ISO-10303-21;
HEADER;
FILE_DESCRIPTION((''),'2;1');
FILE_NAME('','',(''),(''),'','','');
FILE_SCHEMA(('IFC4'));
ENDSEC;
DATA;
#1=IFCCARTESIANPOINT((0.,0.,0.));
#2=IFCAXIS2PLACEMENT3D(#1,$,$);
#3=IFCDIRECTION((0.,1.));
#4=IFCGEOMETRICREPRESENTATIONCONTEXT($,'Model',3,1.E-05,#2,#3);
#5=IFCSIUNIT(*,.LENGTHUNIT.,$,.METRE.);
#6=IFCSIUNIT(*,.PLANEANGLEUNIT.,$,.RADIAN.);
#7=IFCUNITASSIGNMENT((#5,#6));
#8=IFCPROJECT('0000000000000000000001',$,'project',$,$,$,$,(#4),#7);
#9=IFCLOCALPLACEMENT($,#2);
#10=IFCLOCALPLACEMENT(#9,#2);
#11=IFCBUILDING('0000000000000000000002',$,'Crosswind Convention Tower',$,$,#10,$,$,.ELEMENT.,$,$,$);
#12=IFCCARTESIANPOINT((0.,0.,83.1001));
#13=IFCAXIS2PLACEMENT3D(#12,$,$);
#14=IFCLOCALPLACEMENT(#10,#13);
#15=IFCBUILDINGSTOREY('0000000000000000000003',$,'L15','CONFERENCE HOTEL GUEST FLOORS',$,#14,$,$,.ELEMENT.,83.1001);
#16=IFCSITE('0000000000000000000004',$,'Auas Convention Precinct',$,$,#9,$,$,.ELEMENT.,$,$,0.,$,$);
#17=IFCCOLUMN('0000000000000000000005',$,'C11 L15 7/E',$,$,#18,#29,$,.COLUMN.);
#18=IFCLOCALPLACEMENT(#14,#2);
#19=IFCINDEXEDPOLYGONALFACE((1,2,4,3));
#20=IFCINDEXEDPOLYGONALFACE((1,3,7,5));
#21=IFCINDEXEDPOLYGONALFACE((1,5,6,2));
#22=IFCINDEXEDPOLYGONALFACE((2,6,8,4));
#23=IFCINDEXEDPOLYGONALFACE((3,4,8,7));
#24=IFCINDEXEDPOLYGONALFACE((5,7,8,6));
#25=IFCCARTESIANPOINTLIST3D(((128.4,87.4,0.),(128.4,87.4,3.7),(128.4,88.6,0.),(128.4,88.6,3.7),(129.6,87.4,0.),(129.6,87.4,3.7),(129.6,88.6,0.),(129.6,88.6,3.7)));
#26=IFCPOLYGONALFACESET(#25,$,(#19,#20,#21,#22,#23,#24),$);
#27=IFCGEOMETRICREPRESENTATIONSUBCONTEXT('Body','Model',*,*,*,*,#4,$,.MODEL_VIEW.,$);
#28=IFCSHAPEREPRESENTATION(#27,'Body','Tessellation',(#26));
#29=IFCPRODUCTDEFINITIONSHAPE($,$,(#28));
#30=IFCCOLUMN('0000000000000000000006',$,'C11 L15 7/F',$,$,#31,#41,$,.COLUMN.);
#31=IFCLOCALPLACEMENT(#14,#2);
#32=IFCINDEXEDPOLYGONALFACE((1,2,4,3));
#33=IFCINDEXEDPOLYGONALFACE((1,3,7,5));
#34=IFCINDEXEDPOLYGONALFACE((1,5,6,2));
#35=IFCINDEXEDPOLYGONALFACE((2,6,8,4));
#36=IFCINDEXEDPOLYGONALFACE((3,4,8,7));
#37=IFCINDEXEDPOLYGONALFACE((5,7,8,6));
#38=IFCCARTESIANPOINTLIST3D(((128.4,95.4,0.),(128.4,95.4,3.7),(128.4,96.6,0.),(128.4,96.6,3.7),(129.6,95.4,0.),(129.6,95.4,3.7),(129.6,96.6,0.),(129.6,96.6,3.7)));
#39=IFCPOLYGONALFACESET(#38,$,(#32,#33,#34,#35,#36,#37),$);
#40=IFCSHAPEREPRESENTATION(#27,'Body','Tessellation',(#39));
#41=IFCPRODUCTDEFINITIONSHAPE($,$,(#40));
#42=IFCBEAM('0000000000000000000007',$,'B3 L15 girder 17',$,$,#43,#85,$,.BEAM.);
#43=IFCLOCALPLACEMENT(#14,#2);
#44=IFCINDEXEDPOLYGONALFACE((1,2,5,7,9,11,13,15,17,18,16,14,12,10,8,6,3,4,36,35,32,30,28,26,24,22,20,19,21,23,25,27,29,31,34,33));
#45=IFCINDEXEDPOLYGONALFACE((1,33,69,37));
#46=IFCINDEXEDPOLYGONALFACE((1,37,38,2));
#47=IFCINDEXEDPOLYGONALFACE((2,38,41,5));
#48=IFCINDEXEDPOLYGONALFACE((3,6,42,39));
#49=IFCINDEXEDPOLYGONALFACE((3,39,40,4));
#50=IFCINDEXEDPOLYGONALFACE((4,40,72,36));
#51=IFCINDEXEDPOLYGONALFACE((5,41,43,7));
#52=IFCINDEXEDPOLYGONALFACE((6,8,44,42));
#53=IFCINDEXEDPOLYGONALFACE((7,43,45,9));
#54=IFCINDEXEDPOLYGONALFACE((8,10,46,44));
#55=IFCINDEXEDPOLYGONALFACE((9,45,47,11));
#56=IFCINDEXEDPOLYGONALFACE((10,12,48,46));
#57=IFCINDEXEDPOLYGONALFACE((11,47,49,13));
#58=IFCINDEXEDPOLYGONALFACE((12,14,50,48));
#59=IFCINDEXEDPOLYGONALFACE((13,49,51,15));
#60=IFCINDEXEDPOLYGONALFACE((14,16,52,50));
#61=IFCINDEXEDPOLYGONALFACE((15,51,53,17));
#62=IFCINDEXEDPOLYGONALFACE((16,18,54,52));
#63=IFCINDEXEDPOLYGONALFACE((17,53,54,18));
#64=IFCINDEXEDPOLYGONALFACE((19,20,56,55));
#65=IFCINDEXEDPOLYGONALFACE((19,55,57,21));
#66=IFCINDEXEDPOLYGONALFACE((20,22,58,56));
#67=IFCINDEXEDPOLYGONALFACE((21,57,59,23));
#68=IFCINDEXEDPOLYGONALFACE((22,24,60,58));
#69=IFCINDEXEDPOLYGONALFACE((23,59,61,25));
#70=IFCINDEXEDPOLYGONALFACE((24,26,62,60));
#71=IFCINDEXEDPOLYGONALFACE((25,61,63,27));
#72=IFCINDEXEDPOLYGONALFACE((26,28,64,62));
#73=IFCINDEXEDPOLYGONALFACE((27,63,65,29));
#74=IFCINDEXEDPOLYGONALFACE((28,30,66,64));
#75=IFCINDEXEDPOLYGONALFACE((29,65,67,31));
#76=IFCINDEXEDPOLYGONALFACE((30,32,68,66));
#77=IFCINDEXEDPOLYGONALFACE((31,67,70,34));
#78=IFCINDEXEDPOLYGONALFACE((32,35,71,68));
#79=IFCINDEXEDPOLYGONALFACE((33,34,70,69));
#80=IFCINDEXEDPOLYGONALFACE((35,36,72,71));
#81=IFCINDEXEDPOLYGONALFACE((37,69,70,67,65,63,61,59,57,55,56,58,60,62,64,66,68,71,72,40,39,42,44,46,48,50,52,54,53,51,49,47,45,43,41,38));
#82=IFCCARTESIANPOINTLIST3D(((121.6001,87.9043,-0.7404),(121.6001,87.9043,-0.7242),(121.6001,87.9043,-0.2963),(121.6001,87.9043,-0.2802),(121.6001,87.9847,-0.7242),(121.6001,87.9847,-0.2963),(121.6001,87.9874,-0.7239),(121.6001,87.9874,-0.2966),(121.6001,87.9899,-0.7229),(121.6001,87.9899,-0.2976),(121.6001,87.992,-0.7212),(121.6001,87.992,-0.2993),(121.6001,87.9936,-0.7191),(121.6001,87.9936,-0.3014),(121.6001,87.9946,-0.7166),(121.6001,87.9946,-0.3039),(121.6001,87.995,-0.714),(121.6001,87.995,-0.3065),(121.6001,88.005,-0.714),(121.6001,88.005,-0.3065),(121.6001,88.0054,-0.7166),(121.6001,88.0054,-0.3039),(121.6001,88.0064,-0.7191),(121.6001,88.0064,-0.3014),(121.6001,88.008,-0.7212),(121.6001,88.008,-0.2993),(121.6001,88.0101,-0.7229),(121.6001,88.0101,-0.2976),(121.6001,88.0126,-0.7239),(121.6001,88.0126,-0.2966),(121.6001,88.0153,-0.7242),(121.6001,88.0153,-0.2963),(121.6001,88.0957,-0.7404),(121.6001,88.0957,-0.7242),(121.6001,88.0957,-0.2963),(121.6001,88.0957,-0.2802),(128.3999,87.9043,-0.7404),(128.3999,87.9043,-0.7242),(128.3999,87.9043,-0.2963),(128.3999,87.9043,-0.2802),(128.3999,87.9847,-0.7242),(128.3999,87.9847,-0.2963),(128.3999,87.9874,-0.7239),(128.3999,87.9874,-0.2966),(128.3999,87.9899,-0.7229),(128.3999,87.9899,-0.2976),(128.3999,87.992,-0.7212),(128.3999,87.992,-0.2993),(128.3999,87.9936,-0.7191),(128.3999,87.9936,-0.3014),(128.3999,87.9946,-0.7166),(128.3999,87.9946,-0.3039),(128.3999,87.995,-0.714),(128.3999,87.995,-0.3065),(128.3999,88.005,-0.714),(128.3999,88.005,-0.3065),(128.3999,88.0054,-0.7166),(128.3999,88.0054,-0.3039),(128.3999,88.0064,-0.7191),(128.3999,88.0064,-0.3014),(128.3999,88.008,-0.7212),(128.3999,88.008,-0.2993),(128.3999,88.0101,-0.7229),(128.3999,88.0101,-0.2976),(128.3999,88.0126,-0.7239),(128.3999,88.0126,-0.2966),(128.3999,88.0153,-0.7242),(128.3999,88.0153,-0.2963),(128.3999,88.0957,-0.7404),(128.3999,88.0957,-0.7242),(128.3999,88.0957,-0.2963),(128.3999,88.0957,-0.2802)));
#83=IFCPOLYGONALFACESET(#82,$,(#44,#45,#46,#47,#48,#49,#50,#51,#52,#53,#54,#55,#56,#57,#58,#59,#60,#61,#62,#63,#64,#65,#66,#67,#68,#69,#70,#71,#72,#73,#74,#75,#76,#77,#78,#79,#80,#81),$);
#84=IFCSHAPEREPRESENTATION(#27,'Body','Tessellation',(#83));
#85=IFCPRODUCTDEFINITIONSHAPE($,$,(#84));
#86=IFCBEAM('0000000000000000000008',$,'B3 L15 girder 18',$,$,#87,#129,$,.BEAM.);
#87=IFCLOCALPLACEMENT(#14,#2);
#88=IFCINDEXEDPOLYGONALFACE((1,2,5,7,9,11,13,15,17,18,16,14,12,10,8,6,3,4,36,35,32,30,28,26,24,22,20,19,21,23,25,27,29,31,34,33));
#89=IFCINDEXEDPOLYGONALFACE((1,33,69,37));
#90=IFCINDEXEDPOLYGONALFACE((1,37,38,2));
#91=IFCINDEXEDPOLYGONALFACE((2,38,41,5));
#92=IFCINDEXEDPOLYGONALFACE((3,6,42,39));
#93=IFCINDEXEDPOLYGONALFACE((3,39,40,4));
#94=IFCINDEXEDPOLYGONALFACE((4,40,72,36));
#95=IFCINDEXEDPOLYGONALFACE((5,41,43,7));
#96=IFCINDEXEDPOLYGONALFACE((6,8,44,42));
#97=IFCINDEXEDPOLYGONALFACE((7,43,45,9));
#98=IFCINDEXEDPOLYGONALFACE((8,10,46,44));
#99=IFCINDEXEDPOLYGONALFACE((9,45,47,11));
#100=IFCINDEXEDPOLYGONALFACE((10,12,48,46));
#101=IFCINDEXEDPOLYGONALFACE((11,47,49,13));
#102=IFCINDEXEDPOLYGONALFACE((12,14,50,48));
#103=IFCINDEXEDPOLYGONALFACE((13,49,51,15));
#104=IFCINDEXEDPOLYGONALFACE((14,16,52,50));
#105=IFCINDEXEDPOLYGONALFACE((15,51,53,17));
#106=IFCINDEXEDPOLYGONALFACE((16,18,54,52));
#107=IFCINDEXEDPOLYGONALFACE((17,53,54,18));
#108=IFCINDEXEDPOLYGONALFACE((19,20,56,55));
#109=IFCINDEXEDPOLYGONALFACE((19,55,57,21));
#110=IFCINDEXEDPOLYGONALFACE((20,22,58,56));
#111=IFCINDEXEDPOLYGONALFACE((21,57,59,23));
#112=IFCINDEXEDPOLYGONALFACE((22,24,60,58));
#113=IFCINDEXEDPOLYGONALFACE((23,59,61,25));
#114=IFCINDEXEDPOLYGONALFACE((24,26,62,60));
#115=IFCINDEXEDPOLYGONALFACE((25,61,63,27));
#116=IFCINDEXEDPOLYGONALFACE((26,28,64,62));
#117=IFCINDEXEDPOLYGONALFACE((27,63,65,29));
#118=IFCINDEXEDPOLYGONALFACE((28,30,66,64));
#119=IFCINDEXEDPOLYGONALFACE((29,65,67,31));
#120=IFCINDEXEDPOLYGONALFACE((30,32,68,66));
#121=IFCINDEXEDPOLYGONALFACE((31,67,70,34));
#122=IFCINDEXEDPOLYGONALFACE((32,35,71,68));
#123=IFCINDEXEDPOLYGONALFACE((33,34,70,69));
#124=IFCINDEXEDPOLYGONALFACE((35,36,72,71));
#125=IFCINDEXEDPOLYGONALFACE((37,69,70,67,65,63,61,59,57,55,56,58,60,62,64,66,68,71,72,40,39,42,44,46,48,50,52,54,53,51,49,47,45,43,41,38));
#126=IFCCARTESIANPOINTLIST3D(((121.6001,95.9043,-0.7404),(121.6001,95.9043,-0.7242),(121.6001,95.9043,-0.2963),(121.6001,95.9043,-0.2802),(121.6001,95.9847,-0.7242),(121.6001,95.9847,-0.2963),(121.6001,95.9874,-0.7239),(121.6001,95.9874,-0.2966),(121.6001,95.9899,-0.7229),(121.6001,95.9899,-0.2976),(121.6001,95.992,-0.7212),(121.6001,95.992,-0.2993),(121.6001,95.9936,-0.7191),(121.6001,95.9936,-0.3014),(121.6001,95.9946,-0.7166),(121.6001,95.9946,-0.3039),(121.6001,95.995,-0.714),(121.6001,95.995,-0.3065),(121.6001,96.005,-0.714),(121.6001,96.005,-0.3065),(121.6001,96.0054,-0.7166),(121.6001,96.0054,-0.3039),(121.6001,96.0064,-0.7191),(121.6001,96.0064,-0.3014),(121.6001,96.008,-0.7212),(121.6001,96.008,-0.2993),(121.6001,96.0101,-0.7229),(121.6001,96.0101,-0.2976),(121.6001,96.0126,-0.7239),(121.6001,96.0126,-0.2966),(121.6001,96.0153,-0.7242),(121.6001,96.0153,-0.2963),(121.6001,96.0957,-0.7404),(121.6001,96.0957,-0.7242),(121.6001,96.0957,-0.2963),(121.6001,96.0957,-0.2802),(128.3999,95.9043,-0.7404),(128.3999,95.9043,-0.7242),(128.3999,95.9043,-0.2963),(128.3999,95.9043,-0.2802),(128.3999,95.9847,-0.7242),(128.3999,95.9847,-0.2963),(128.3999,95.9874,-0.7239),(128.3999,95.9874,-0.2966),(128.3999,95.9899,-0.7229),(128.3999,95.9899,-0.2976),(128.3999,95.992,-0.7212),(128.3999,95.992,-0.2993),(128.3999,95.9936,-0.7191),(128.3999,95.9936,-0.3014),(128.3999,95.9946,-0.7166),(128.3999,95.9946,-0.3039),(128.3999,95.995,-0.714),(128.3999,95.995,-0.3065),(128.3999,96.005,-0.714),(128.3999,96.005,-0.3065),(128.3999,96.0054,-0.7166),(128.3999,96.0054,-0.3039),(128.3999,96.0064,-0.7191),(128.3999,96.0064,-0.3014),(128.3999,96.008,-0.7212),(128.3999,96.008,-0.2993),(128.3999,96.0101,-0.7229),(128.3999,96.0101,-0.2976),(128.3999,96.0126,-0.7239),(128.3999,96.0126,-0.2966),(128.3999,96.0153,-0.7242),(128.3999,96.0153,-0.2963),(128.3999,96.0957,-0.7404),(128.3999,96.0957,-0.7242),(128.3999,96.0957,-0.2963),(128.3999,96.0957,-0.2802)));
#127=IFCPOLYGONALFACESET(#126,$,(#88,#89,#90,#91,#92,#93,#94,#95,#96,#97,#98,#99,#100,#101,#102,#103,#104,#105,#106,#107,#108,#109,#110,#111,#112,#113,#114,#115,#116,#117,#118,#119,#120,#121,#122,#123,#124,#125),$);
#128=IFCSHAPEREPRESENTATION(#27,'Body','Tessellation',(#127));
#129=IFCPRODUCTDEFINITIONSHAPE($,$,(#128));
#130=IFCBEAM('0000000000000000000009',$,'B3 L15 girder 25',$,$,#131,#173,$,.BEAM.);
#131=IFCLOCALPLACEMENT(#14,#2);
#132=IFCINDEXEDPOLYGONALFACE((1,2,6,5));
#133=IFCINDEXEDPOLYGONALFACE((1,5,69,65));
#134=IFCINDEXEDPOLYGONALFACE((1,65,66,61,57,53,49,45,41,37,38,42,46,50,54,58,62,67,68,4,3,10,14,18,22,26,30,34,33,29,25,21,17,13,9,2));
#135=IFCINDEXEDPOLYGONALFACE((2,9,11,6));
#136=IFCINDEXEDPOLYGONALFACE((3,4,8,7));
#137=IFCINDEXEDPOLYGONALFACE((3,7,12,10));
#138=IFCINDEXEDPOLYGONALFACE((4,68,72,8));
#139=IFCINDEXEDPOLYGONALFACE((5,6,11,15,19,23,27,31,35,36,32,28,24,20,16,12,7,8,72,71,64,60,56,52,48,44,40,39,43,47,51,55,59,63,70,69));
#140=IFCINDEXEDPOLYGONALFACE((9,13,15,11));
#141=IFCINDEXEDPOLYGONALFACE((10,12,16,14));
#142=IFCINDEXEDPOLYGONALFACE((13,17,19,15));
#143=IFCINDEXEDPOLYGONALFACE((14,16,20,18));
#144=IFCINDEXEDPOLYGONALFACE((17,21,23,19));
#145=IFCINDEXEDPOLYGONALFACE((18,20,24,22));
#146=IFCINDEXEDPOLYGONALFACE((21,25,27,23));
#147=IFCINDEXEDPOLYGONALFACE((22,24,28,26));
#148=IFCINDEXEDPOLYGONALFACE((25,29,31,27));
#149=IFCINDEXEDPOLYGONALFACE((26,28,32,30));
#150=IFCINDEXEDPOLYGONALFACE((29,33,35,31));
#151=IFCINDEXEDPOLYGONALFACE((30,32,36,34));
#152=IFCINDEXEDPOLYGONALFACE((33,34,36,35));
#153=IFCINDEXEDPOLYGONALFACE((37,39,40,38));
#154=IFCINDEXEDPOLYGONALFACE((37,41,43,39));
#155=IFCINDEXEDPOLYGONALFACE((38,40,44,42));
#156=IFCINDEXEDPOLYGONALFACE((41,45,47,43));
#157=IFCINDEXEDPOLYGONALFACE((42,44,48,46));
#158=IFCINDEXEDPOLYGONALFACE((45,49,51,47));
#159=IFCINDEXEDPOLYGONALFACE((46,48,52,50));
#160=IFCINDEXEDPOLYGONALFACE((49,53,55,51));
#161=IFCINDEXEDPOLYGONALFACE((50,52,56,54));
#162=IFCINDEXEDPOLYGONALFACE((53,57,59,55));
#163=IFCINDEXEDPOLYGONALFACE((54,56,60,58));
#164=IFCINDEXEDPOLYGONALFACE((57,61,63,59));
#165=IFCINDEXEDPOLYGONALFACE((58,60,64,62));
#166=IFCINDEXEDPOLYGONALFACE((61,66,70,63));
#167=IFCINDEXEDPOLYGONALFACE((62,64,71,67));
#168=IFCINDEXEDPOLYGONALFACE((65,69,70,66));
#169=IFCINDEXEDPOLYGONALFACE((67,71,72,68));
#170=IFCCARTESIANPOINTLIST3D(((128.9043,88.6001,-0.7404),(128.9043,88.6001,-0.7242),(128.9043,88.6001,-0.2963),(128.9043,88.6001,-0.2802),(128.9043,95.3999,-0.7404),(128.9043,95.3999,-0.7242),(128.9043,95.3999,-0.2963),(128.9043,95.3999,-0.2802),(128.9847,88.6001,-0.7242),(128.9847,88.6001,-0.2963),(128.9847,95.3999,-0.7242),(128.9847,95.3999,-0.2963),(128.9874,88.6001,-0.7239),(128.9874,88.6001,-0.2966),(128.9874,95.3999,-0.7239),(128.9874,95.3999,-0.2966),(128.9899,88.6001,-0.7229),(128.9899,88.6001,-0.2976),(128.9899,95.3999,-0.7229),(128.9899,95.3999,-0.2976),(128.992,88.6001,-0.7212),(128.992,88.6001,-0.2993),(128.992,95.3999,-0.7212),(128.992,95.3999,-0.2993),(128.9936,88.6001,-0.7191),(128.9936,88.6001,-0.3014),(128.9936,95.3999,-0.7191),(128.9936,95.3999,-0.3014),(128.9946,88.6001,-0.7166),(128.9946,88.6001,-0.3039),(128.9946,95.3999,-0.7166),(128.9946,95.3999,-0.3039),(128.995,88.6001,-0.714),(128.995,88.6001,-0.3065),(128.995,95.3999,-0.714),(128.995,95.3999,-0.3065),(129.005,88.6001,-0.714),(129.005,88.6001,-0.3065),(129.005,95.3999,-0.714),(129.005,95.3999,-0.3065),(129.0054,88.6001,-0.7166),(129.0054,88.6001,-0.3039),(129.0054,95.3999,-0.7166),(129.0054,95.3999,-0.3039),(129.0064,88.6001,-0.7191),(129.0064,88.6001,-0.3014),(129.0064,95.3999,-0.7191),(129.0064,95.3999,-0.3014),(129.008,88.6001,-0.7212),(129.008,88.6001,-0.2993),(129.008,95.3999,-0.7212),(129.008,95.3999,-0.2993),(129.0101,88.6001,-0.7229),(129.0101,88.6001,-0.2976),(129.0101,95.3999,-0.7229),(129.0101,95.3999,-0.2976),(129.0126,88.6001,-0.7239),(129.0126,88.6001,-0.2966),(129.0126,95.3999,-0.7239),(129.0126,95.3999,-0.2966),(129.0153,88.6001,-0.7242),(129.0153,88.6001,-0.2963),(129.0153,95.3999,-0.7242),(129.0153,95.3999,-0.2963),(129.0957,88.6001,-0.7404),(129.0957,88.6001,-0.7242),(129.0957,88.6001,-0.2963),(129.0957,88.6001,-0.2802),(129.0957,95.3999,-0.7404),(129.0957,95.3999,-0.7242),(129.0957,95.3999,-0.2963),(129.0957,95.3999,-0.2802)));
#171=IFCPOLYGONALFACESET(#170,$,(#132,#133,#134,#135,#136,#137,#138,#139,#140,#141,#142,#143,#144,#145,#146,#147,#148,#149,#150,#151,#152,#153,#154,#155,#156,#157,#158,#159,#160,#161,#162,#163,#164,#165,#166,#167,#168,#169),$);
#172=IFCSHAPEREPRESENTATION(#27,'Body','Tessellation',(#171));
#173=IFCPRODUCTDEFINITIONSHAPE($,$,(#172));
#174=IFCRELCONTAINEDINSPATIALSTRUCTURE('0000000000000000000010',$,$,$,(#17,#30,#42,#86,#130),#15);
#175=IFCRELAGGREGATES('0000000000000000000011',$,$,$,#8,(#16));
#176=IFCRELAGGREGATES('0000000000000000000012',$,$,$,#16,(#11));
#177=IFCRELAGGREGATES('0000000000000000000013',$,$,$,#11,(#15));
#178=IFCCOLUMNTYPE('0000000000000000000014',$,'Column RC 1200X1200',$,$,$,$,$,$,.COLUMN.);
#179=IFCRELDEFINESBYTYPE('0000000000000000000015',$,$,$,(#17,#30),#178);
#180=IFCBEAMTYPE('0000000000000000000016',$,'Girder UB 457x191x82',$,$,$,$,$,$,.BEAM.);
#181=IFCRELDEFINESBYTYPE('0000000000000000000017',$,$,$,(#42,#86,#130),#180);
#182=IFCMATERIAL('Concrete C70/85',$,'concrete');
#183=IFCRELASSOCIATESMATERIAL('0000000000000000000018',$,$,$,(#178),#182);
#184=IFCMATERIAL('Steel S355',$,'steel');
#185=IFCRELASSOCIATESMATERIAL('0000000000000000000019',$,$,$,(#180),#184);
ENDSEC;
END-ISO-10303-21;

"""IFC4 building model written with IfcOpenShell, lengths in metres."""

from ifc_helpers import new_model, si_unit, direction, frame, origin, origin_2d, place, context, subcontext, project, spatial, rectangle, i_section, extrude, material, material_profile, profile_set, type_object, element, save


model = new_model("IFC4")

# Units and contexts
model_context = context("Model", 3, precision=1e-05, world=origin(), true_north=direction((0.0, 1.0)))
body_context = subcontext(model_context, "Body", "Model", "MODEL_VIEW")
ifc_project = project(units=[si_unit("LENGTHUNIT", "METRE"), si_unit("PLANEANGLEUNIT", "RADIAN")], contexts=[model_context])

# Site, building, storey
site_placement = place(None, origin())
site = spatial("IfcSite", under=ifc_project, at=site_placement, Name="Auas Convention Precinct", CompositionType="ELEMENT", RefElevation=0.0)
building_placement = place(site_placement, origin())
building = spatial("IfcBuilding", under=site, at=building_placement, Name="Crosswind Convention Tower", CompositionType="ELEMENT")
storey_placement = place(building_placement, frame((0.0, 0.0, 83.1001)))
storey = spatial("IfcBuildingStorey", under=building, at=storey_placement, Name="L15", Description="CONFERENCE HOTEL GUEST FLOORS", CompositionType="ELEMENT", Elevation=83.1001)

# Columns
ifc_material_1 = material(Name="Concrete C70/85", Category="concrete")
ifc_material_profile_1 = material_profile(ifc_material_1, rectangle(XDim=1.2, YDim=1.2, at=origin_2d()), Name="RC 1200X1200")
ifc_profile_set_1 = profile_set([ifc_material_profile_1], Name="Concrete C70/85")
column_type = type_object("IfcColumnType", Name="Column RC 1200X1200", PredefinedType="COLUMN", material=ifc_profile_set_1)
for number, where, z_axis, x_axis, name in (
    (1, (129.0, 88.0, 0.0), (0.0, 0.0, 1.0), (1.0, 0.0, 0.0), "C11 L15 7/E"),
    (2, (129.0, 96.0, 0.0), (0.0, 0.0, 1.0), (1.0, 0.0, 0.0), "C11 L15 7/F"),
):
    element("IfcColumn", number, at=place(storey_placement, frame(where, z_axis=z_axis, x_axis=x_axis)), inside=storey, type_object=column_type, Name=name, PredefinedType="COLUMN", context=body_context, shape_type="SweptSolid", body=[
        extrude(rectangle(XDim=1.2, YDim=1.2, at=origin_2d()), origin(), (0.0, 0.0, 1.0), 3.7),
    ])

# Beams
ifc_material_2 = material(Name="Steel S355", Category="steel")
ifc_material_profile_2 = material_profile(ifc_material_2, i_section(OverallWidth=0.1914, OverallDepth=0.4602, WebThickness=0.01, FlangeThickness=0.0161, FilletRadius=0.0103, at=origin_2d()), Name="UB 457x191x82")
ifc_profile_set_2 = profile_set([ifc_material_profile_2], Name="Steel S355")
beam_type_1 = type_object("IfcBeamType", Name="Girder UB 457x191x82", PredefinedType="BEAM", material=ifc_profile_set_2)
for number, where, z_axis, x_axis, name in (
    (3, (121.6001, 88.0, -0.5103), (1.0, 0.0, 0.0), (0.0, 1.0, 0.0), "B3 L15 girder 17"),
    (4, (121.6001, 96.0, -0.5103), (1.0, 0.0, 0.0), (0.0, 1.0, 0.0), "B3 L15 girder 18"),
    (5, (129.0, 88.6001, -0.5103), (0.0, 1.0, 0.0), (-1.0, 0.0, 0.0), "B3 L15 girder 25"),
):
    element("IfcBeam", number, at=place(storey_placement, frame(where, z_axis=z_axis, x_axis=x_axis)), inside=storey, type_object=beam_type_1, Name=name, PredefinedType="BEAM", context=body_context, shape_type="SweptSolid", body=[
        extrude(i_section(OverallWidth=0.1914, OverallDepth=0.4602, WebThickness=0.01, FlangeThickness=0.0161, FilletRadius=0.0103, at=origin_2d()), origin(), (0.0, 0.0, 1.0), 6.7998),
    ])

save(model, "model.ifc")
